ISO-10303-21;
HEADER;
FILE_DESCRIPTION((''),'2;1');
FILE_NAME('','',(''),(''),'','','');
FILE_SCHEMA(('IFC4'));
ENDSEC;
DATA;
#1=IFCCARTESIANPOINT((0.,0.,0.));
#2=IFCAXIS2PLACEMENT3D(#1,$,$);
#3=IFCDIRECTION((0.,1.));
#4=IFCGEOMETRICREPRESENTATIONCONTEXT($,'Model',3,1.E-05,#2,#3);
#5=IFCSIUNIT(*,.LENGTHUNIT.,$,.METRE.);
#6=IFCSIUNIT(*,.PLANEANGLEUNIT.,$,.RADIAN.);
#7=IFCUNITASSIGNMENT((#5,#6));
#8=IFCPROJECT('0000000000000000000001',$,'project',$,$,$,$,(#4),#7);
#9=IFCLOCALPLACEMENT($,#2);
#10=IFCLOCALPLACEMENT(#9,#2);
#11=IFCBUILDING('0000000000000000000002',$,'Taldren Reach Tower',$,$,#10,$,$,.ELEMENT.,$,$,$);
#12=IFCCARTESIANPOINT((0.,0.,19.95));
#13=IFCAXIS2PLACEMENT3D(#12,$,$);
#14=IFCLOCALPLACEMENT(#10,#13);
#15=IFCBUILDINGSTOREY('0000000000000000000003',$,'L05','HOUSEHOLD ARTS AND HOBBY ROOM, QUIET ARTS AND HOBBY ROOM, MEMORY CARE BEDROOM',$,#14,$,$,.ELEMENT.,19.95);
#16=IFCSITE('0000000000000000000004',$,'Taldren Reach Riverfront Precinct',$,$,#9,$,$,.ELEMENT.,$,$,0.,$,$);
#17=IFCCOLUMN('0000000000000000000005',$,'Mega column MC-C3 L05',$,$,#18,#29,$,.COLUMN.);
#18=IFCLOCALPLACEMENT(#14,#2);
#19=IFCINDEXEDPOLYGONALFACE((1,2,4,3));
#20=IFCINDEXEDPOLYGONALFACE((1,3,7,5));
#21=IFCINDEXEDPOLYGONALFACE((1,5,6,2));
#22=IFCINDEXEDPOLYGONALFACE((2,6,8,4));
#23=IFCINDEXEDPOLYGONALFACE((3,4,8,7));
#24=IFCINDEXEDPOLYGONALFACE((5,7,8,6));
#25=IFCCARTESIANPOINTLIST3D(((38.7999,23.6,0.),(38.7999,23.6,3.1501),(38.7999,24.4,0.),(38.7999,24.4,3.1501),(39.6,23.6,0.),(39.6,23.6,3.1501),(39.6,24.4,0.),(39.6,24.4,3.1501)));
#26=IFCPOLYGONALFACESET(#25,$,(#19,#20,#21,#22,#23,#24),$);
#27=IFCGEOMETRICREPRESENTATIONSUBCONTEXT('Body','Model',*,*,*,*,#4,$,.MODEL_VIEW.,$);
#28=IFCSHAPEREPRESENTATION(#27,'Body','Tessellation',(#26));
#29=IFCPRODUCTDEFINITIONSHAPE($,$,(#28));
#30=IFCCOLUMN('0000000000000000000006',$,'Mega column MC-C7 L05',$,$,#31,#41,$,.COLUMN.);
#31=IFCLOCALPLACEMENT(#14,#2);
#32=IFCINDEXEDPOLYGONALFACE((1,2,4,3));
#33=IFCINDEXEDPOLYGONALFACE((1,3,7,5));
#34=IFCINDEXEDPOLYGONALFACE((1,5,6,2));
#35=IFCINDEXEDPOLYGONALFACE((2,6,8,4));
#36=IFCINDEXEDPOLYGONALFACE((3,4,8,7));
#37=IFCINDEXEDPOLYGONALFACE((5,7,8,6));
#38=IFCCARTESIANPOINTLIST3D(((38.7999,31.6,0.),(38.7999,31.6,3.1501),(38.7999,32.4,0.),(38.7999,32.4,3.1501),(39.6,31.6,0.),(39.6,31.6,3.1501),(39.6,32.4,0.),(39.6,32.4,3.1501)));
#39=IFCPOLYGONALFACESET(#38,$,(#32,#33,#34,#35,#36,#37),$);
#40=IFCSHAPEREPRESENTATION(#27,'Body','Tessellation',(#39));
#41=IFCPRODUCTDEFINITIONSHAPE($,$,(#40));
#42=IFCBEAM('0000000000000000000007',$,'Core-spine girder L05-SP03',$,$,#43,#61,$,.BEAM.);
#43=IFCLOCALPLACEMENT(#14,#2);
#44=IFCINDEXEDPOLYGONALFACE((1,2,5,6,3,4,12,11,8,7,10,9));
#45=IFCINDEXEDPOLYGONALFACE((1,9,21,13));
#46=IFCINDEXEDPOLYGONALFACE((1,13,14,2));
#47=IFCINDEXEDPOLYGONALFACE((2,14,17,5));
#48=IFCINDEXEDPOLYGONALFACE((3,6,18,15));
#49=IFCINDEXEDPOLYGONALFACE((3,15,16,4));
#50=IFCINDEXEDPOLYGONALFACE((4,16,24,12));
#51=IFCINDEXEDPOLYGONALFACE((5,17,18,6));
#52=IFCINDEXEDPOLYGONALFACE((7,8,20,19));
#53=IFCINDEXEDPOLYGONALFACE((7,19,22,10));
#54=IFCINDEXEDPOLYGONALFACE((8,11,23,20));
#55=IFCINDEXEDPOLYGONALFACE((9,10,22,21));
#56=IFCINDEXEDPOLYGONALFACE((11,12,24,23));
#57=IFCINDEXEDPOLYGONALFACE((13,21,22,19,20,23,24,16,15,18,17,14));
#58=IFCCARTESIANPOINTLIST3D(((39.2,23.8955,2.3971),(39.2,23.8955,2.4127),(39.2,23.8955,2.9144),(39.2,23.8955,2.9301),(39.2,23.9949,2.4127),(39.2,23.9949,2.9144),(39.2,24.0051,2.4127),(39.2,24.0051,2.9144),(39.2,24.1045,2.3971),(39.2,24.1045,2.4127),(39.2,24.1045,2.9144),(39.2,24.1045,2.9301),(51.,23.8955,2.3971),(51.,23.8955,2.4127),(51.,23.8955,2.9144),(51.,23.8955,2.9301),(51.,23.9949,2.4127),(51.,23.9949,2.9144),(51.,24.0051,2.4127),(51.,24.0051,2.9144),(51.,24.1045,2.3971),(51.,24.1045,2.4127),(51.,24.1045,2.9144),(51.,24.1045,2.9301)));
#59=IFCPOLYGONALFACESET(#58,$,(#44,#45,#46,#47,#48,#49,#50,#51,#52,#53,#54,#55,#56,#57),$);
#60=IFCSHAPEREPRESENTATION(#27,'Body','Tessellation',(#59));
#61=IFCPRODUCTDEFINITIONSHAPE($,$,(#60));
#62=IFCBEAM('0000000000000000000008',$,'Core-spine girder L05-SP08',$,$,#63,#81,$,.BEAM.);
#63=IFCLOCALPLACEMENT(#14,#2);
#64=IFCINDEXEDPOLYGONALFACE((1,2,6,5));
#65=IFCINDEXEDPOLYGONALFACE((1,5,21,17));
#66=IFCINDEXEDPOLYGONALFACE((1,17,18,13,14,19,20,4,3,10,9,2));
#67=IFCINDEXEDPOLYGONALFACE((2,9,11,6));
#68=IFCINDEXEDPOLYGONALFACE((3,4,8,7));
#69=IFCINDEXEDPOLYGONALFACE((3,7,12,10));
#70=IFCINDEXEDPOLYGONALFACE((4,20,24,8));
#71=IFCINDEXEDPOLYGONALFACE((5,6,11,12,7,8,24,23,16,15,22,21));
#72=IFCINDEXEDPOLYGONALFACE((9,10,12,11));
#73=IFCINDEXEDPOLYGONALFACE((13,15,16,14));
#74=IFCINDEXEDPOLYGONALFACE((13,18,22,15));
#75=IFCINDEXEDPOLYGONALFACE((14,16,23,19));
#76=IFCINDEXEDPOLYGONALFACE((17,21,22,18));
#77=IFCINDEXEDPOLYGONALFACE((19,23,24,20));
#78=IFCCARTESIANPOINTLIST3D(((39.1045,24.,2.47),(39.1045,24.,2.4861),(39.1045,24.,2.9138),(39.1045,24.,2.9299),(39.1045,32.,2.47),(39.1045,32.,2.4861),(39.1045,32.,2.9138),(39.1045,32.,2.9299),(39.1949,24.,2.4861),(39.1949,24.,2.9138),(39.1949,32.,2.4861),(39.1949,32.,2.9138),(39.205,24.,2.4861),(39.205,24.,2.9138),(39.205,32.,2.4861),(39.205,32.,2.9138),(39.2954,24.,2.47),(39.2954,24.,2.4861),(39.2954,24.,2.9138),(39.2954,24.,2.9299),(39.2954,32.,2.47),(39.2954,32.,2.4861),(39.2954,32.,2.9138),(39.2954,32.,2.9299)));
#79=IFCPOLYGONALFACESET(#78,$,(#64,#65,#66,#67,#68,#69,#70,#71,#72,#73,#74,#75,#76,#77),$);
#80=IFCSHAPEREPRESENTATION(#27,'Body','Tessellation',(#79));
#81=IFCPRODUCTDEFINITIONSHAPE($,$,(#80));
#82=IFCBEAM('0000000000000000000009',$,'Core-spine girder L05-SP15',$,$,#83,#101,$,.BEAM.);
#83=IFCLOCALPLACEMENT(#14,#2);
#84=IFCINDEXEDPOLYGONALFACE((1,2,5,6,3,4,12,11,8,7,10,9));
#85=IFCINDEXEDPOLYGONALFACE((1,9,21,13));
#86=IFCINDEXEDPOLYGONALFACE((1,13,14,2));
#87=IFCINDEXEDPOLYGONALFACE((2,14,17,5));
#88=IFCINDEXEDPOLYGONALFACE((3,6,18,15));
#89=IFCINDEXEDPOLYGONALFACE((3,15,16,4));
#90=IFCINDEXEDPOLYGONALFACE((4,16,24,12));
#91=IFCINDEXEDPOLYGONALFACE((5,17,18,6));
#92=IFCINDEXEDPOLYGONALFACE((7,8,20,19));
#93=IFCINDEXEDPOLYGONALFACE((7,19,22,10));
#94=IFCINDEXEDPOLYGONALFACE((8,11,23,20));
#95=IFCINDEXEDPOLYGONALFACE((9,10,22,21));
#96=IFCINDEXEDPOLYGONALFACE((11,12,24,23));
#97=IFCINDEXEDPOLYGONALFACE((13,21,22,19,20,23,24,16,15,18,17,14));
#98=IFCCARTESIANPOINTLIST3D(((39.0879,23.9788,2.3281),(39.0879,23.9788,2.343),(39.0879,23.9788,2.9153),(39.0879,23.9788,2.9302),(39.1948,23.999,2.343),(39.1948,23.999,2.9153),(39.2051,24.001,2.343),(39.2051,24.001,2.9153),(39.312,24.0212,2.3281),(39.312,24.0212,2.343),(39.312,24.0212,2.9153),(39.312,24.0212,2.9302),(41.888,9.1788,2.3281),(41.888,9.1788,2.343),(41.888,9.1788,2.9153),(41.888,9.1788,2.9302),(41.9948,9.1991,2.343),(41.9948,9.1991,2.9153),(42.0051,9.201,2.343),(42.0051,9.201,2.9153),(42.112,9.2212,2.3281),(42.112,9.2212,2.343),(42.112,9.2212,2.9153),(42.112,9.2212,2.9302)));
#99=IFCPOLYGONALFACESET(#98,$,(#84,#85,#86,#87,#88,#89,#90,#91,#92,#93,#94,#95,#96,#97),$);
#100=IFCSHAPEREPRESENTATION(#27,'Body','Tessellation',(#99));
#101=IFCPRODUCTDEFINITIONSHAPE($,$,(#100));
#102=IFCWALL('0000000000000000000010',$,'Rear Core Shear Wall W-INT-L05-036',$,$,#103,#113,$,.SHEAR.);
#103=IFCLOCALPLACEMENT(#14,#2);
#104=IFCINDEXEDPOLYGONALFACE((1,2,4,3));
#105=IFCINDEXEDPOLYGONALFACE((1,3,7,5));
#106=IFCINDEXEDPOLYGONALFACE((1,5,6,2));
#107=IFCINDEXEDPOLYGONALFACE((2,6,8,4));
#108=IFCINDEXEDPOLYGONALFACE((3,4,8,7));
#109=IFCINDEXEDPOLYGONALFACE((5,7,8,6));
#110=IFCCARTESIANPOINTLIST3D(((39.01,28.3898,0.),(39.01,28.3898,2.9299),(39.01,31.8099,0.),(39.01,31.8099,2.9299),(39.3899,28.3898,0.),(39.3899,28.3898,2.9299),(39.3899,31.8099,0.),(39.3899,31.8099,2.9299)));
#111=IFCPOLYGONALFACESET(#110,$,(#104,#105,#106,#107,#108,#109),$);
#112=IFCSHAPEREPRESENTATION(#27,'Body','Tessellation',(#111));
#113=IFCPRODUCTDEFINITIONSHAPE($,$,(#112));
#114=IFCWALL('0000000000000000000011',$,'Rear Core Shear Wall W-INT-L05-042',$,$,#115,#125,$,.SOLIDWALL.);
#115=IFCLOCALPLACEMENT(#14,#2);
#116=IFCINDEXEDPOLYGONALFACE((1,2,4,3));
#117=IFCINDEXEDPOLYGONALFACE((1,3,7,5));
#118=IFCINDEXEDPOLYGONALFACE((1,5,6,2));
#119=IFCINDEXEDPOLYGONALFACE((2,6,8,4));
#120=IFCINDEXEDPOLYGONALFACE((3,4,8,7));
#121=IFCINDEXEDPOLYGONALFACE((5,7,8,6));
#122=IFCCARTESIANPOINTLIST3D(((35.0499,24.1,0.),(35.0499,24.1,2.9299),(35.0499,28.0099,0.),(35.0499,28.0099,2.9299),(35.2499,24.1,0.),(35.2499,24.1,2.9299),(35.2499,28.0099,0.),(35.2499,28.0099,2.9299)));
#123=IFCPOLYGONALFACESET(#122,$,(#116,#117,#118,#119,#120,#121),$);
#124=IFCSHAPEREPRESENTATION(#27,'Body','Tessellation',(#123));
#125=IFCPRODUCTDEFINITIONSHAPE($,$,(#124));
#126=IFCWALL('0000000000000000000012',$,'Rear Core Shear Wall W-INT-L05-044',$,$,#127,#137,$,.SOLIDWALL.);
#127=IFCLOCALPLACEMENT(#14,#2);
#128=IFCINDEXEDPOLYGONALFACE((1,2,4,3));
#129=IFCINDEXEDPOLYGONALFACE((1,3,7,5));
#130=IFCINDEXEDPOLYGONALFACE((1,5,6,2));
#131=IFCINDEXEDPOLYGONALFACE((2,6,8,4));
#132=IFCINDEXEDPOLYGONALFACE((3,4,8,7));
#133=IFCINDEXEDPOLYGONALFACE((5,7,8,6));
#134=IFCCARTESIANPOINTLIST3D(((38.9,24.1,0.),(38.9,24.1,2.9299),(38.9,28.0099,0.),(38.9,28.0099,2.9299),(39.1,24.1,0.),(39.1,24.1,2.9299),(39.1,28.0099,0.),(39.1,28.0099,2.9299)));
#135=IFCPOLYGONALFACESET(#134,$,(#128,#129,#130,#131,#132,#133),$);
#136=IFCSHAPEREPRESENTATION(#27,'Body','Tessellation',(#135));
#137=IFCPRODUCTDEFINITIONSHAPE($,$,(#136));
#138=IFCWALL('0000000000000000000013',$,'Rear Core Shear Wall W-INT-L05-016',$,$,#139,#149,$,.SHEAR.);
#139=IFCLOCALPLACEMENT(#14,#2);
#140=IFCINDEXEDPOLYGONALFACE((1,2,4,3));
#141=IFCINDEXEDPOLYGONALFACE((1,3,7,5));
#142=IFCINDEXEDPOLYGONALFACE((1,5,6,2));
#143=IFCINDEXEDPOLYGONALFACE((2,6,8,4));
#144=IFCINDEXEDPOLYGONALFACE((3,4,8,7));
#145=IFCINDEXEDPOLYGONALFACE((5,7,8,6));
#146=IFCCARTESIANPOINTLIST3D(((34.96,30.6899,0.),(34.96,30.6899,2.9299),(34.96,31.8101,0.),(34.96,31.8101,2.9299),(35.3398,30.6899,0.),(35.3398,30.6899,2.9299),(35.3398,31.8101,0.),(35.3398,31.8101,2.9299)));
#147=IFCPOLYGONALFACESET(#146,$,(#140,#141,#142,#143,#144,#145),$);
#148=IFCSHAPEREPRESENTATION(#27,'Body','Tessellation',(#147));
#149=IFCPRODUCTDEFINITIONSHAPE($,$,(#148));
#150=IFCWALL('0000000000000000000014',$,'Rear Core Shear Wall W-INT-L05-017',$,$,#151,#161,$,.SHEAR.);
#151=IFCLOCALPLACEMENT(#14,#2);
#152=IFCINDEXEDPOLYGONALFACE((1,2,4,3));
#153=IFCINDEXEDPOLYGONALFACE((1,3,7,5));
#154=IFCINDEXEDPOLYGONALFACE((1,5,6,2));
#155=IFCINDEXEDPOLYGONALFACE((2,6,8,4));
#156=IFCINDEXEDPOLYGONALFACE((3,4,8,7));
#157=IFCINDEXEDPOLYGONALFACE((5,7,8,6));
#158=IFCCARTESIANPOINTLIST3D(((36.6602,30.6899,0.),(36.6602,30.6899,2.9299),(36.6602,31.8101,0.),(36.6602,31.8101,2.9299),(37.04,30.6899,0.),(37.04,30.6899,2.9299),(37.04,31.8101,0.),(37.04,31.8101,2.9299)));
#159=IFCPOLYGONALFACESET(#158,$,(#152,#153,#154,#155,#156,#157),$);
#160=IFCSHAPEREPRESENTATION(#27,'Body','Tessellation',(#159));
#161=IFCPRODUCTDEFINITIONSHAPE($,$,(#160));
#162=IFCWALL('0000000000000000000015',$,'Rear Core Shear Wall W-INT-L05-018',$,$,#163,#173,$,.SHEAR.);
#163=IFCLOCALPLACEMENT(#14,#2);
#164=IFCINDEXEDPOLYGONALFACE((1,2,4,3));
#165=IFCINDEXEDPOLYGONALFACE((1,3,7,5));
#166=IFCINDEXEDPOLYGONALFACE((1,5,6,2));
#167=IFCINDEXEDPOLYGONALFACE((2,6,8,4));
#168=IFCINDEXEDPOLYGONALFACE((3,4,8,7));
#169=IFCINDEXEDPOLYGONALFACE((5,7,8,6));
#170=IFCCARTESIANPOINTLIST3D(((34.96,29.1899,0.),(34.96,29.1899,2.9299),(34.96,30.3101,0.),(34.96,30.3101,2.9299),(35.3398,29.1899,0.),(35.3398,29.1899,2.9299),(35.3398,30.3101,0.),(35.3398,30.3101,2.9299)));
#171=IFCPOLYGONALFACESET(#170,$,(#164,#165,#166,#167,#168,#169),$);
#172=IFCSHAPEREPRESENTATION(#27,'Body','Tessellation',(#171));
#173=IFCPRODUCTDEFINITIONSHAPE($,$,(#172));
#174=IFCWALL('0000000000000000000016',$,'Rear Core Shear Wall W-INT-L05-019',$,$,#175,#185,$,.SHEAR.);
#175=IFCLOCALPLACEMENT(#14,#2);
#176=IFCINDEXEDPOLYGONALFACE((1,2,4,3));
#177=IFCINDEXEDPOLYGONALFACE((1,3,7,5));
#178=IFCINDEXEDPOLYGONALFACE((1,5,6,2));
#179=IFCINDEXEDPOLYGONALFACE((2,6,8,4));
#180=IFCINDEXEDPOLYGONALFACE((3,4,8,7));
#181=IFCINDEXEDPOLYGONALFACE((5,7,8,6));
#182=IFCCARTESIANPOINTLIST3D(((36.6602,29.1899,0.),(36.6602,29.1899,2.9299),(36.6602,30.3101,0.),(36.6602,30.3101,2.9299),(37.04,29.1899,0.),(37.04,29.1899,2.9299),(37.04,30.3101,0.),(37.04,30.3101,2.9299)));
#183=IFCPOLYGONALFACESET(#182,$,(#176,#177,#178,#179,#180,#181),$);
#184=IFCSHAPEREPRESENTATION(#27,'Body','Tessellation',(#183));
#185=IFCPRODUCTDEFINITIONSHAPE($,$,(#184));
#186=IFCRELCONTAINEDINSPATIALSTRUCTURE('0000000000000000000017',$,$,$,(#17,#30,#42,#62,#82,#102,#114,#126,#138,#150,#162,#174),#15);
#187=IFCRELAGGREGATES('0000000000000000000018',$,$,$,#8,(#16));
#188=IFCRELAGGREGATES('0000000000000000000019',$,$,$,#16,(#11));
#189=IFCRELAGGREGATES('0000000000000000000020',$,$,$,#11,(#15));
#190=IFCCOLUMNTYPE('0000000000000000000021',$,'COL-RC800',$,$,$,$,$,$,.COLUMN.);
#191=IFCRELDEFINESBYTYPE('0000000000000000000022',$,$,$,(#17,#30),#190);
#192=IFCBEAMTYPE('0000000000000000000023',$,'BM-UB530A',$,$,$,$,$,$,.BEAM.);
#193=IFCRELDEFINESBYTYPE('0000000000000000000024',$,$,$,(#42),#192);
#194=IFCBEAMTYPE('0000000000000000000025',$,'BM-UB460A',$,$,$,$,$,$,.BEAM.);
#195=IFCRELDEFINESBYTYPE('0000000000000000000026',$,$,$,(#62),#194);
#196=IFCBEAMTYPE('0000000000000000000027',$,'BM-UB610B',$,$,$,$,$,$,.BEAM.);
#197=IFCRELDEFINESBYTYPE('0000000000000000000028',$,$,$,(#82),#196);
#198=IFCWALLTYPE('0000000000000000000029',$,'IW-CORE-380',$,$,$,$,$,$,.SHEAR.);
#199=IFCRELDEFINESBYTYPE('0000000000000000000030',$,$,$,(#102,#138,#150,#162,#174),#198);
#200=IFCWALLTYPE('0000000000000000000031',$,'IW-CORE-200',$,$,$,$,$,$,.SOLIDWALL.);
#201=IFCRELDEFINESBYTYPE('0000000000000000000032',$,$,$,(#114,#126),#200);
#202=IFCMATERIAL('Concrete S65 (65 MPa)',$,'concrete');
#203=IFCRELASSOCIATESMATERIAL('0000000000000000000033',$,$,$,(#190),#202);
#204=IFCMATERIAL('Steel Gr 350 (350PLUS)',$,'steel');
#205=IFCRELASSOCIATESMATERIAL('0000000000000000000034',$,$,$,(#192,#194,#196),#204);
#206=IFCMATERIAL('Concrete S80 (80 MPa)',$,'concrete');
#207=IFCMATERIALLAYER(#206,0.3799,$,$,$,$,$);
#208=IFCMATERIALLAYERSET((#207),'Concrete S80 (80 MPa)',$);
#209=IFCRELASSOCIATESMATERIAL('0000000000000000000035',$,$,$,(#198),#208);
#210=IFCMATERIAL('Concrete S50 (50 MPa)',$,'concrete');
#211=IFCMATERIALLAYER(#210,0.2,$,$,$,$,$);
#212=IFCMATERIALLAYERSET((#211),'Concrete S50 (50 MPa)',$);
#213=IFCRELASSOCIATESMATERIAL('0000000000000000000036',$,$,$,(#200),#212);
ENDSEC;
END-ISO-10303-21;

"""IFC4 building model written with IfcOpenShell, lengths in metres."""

from ifc_helpers import new_model, si_unit, direction, frame, frame_2d, origin, origin_2d, place, context, subcontext, project, spatial, rectangle, i_section, extrude, source, transform, mapped, material, layer, layer_set, material_profile, profile_set, type_object, element, save


model = new_model("IFC4")

# Units and contexts
model_context = context("Model", 3, precision=1e-05, world=origin(), true_north=direction((0.0, 1.0)))
body_context = subcontext(model_context, "Body", "Model", "MODEL_VIEW")
ifc_project = project(units=[si_unit("LENGTHUNIT", "METRE"), si_unit("PLANEANGLEUNIT", "RADIAN")], contexts=[model_context])

# Site, building, storey
site_placement = place(None, origin())
site = spatial("IfcSite", under=ifc_project, at=site_placement, Name="Taldren Reach Riverfront Precinct", CompositionType="ELEMENT", RefElevation=0.0)
building_placement = place(site_placement, origin())
building = spatial("IfcBuilding", under=site, at=building_placement, Name="Taldren Reach Tower", CompositionType="ELEMENT")
storey_placement = place(building_placement, frame((0.0, 0.0, 19.95)))
storey = spatial("IfcBuildingStorey", under=building, at=storey_placement, Name="L05", Description="HOUSEHOLD ARTS AND HOBBY ROOM, QUIET ARTS AND HOBBY ROOM, MEMORY CARE BEDROOM", CompositionType="ELEMENT", Elevation=19.95)

# Columns
ifc_material_1 = material(Name="Concrete S65 (65 MPa)", Category="concrete")
ifc_material_profile_1 = material_profile(ifc_material_1, rectangle(XDim=0.8, YDim=0.8, at=origin_2d()), Name="RC-800x800")
ifc_profile_set_1 = profile_set([ifc_material_profile_1], Name="Concrete S65 (65 MPa)")
column_type = type_object("IfcColumnType", Name="COL-RC800", PredefinedType="COLUMN", material=ifc_profile_set_1)
shared_shape_1 = source(origin(), body_context, "Body", "SweptSolid", [
    extrude(rectangle(XDim=0.8, YDim=0.8, at=origin_2d()), origin(), (0.0, 0.0, 1.0), 3.1501),
])
for number, where, z_axis, x_axis, name in (
    (1, (39.2, 24.0, 0.0), (0.0, 0.0, 1.0), (1.0, 0.0, 0.0), "Mega column MC-C3 L05"),
    (2, (39.2, 32.0, 0.0), (0.0, 0.0, 1.0), (1.0, 0.0, 0.0), "Mega column MC-C7 L05"),
):
    element("IfcColumn", number, at=place(storey_placement, frame(where, z_axis=z_axis, x_axis=x_axis)), inside=storey, type_object=column_type, Name=name, PredefinedType="COLUMN", context=body_context, shape_type="MappedRepresentation", body=[
        mapped(shared_shape_1, transform((0.0, 0.0, 0.0), scale=1.0)),
    ])

# Beams
ifc_material_2 = material(Name="Steel Gr 350 (350PLUS)", Category="steel")
ifc_material_profile_2 = material_profile(ifc_material_2, i_section(OverallWidth=0.209, OverallDepth=0.533, WebThickness=0.0103, FlangeThickness=0.0156, at=origin_2d()), Name="530UB92.4")
ifc_profile_set_2 = profile_set([ifc_material_profile_2], Name="Steel Gr 350 (350PLUS)")
beam_type_1 = type_object("IfcBeamType", Name="BM-UB530A", PredefinedType="BEAM", material=ifc_profile_set_2)
shared_shape_2 = source(origin(), body_context, "Body", "SweptSolid", [
    extrude(i_section(OverallWidth=0.209, OverallDepth=0.533, WebThickness=0.0103, FlangeThickness=0.0156, at=origin_2d()), origin(), (0.0, 0.0, 1.0), 11.8),
])
beam_1_placement = place(storey_placement, frame((39.2, 24.0, 2.6636), z_axis=(1.0, 0.0, 0.0), x_axis=(0.0, 1.0, 0.0)))
element("IfcBeam", 3, at=beam_1_placement, inside=storey, type_object=beam_type_1, Name="Core-spine girder L05-SP03", PredefinedType="BEAM", context=body_context, shape_type="MappedRepresentation", body=[
    mapped(shared_shape_2, transform((0.0, 0.0, 0.0), scale=1.0)),
])
ifc_material_profile_3 = material_profile(ifc_material_2, i_section(OverallWidth=0.1909, OverallDepth=0.46, WebThickness=0.01, FlangeThickness=0.0161, at=origin_2d()), Name="460UB82.1")
ifc_profile_set_3 = profile_set([ifc_material_profile_3], Name="Steel Gr 350 (350PLUS)")
beam_type_2 = type_object("IfcBeamType", Name="BM-UB460A", PredefinedType="BEAM", material=ifc_profile_set_3)
shared_shape_3 = source(origin(), body_context, "Body", "SweptSolid", [
    extrude(i_section(OverallWidth=0.1909, OverallDepth=0.46, WebThickness=0.01, FlangeThickness=0.0161, at=origin_2d()), origin(), (0.0, 0.0, 1.0), 8.0),
])
beam_2_placement = place(storey_placement, frame((39.2, 24.0, 2.7), z_axis=(0.0, 1.0, 0.0), x_axis=(-1.0, 0.0, 0.0)))
element("IfcBeam", 4, at=beam_2_placement, inside=storey, type_object=beam_type_2, Name="Core-spine girder L05-SP08", PredefinedType="BEAM", context=body_context, shape_type="MappedRepresentation", body=[
    mapped(shared_shape_3, transform((0.0, 0.0, 0.0), scale=1.0)),
])
ifc_material_profile_4 = material_profile(ifc_material_2, i_section(OverallWidth=0.228, OverallDepth=0.6021, WebThickness=0.0105, FlangeThickness=0.0149, at=origin_2d()), Name="610UB101")
ifc_profile_set_4 = profile_set([ifc_material_profile_4], Name="Steel Gr 350 (350PLUS)")
beam_type_3 = type_object("IfcBeamType", Name="BM-UB610B", PredefinedType="BEAM", material=ifc_profile_set_4)
shared_shape_4 = source(origin(), body_context, "Body", "SweptSolid", [
    extrude(i_section(OverallWidth=0.228, OverallDepth=0.6021, WebThickness=0.0105, FlangeThickness=0.0149, at=origin_2d()), origin(), (0.0, 0.0, 1.0), 15.0625),
])
beam_3_placement = place(storey_placement, frame((39.2, 24.0, 2.6292), z_axis=(0.185894, -0.98257, 0.0), x_axis=(0.98257, 0.185894, 0.0)))
element("IfcBeam", 5, at=beam_3_placement, inside=storey, type_object=beam_type_3, Name="Core-spine girder L05-SP15", PredefinedType="BEAM", context=body_context, shape_type="MappedRepresentation", body=[
    mapped(shared_shape_4, transform((0.0, 0.0, 0.0), scale=1.0)),
])

# Walls
ifc_material_3 = material(Name="Concrete S80 (80 MPa)", Category="concrete")
ifc_layer_1 = layer(ifc_material_3, 0.3799)
ifc_layer_set_1 = layer_set([ifc_layer_1], Name="Concrete S80 (80 MPa)")
wall_type_1 = type_object("IfcWallType", Name="IW-CORE-380", PredefinedType="SHEAR", material=ifc_layer_set_1)
shared_shape_5 = source(origin(), body_context, "Body", "SweptSolid", [
    extrude(rectangle(XDim=3.4202, YDim=0.3799, at=frame_2d((1.71, 0.0))), origin(), (0.0, 0.0, 1.0), 2.9299),
])
wall_1_placement = place(storey_placement, frame((39.2, 28.3899, 0.0), z_axis=(0.0, 0.0, 1.0), x_axis=(0.0, 1.0, 0.0)))
element("IfcWall", 6, at=wall_1_placement, inside=storey, type_object=wall_type_1, Name="Rear Core Shear Wall W-INT-L05-036", PredefinedType="SHEAR", context=body_context, shape_type="MappedRepresentation", body=[
    mapped(shared_shape_5, transform((0.0, 0.0, 0.0), scale=1.0)),
])
ifc_material_4 = material(Name="Concrete S50 (50 MPa)", Category="concrete")
ifc_layer_2 = layer(ifc_material_4, 0.2)
ifc_layer_set_2 = layer_set([ifc_layer_2], Name="Concrete S50 (50 MPa)")
wall_type_2 = type_object("IfcWallType", Name="IW-CORE-200", PredefinedType="SOLIDWALL", material=ifc_layer_set_2)
shared_shape_6 = source(origin(), body_context, "Body", "SweptSolid", [
    extrude(rectangle(XDim=3.9099, YDim=0.2, at=frame_2d((1.9551, 0.0))), origin(), (0.0, 0.0, 1.0), 2.9299),
])
for number, where, z_axis, x_axis, name in (
    (7, (35.1499, 28.01, 0.0), (0.0, 0.0, 1.0), (0.0, -1.0, 0.0), "Rear Core Shear Wall W-INT-L05-042"),
    (8, (39.0, 28.01, 0.0), (0.0, 0.0, 1.0), (0.0, -1.0, 0.0), "Rear Core Shear Wall W-INT-L05-044"),
):
    element("IfcWall", number, at=place(storey_placement, frame(where, z_axis=z_axis, x_axis=x_axis)), inside=storey, type_object=wall_type_2, Name=name, PredefinedType="SOLIDWALL", context=body_context, shape_type="MappedRepresentation", body=[
        mapped(shared_shape_6, transform((0.0, 0.0, 0.0), scale=1.0)),
    ])
shared_shape_7 = source(origin(), body_context, "Body", "SweptSolid", [
    extrude(rectangle(XDim=1.1201, YDim=0.3799, at=frame_2d((0.5601, 0.0))), origin(), (0.0, 0.0, 1.0), 2.9299),
])
for number, where, z_axis, x_axis, name in (
    (9, (35.1499, 31.8101, 0.0), (0.0, 0.0, 1.0), (0.0, -1.0, 0.0), "Rear Core Shear Wall W-INT-L05-016"),
    (10, (36.8501, 30.6899, 0.0), (0.0, 0.0, 1.0), (0.0, 1.0, 0.0), "Rear Core Shear Wall W-INT-L05-017"),
    (11, (35.1499, 30.3101, 0.0), (0.0, 0.0, 1.0), (0.0, -1.0, 0.0), "Rear Core Shear Wall W-INT-L05-018"),
    (12, (36.8501, 29.1899, 0.0), (0.0, 0.0, 1.0), (0.0, 1.0, 0.0), "Rear Core Shear Wall W-INT-L05-019"),
):
    element("IfcWall", number, at=place(storey_placement, frame(where, z_axis=z_axis, x_axis=x_axis)), inside=storey, type_object=wall_type_1, Name=name, PredefinedType="SHEAR", context=body_context, shape_type="MappedRepresentation", body=[
        mapped(shared_shape_7, transform((0.0, 0.0, 0.0), scale=1.0)),
    ])

save(model, "model.ifc")
